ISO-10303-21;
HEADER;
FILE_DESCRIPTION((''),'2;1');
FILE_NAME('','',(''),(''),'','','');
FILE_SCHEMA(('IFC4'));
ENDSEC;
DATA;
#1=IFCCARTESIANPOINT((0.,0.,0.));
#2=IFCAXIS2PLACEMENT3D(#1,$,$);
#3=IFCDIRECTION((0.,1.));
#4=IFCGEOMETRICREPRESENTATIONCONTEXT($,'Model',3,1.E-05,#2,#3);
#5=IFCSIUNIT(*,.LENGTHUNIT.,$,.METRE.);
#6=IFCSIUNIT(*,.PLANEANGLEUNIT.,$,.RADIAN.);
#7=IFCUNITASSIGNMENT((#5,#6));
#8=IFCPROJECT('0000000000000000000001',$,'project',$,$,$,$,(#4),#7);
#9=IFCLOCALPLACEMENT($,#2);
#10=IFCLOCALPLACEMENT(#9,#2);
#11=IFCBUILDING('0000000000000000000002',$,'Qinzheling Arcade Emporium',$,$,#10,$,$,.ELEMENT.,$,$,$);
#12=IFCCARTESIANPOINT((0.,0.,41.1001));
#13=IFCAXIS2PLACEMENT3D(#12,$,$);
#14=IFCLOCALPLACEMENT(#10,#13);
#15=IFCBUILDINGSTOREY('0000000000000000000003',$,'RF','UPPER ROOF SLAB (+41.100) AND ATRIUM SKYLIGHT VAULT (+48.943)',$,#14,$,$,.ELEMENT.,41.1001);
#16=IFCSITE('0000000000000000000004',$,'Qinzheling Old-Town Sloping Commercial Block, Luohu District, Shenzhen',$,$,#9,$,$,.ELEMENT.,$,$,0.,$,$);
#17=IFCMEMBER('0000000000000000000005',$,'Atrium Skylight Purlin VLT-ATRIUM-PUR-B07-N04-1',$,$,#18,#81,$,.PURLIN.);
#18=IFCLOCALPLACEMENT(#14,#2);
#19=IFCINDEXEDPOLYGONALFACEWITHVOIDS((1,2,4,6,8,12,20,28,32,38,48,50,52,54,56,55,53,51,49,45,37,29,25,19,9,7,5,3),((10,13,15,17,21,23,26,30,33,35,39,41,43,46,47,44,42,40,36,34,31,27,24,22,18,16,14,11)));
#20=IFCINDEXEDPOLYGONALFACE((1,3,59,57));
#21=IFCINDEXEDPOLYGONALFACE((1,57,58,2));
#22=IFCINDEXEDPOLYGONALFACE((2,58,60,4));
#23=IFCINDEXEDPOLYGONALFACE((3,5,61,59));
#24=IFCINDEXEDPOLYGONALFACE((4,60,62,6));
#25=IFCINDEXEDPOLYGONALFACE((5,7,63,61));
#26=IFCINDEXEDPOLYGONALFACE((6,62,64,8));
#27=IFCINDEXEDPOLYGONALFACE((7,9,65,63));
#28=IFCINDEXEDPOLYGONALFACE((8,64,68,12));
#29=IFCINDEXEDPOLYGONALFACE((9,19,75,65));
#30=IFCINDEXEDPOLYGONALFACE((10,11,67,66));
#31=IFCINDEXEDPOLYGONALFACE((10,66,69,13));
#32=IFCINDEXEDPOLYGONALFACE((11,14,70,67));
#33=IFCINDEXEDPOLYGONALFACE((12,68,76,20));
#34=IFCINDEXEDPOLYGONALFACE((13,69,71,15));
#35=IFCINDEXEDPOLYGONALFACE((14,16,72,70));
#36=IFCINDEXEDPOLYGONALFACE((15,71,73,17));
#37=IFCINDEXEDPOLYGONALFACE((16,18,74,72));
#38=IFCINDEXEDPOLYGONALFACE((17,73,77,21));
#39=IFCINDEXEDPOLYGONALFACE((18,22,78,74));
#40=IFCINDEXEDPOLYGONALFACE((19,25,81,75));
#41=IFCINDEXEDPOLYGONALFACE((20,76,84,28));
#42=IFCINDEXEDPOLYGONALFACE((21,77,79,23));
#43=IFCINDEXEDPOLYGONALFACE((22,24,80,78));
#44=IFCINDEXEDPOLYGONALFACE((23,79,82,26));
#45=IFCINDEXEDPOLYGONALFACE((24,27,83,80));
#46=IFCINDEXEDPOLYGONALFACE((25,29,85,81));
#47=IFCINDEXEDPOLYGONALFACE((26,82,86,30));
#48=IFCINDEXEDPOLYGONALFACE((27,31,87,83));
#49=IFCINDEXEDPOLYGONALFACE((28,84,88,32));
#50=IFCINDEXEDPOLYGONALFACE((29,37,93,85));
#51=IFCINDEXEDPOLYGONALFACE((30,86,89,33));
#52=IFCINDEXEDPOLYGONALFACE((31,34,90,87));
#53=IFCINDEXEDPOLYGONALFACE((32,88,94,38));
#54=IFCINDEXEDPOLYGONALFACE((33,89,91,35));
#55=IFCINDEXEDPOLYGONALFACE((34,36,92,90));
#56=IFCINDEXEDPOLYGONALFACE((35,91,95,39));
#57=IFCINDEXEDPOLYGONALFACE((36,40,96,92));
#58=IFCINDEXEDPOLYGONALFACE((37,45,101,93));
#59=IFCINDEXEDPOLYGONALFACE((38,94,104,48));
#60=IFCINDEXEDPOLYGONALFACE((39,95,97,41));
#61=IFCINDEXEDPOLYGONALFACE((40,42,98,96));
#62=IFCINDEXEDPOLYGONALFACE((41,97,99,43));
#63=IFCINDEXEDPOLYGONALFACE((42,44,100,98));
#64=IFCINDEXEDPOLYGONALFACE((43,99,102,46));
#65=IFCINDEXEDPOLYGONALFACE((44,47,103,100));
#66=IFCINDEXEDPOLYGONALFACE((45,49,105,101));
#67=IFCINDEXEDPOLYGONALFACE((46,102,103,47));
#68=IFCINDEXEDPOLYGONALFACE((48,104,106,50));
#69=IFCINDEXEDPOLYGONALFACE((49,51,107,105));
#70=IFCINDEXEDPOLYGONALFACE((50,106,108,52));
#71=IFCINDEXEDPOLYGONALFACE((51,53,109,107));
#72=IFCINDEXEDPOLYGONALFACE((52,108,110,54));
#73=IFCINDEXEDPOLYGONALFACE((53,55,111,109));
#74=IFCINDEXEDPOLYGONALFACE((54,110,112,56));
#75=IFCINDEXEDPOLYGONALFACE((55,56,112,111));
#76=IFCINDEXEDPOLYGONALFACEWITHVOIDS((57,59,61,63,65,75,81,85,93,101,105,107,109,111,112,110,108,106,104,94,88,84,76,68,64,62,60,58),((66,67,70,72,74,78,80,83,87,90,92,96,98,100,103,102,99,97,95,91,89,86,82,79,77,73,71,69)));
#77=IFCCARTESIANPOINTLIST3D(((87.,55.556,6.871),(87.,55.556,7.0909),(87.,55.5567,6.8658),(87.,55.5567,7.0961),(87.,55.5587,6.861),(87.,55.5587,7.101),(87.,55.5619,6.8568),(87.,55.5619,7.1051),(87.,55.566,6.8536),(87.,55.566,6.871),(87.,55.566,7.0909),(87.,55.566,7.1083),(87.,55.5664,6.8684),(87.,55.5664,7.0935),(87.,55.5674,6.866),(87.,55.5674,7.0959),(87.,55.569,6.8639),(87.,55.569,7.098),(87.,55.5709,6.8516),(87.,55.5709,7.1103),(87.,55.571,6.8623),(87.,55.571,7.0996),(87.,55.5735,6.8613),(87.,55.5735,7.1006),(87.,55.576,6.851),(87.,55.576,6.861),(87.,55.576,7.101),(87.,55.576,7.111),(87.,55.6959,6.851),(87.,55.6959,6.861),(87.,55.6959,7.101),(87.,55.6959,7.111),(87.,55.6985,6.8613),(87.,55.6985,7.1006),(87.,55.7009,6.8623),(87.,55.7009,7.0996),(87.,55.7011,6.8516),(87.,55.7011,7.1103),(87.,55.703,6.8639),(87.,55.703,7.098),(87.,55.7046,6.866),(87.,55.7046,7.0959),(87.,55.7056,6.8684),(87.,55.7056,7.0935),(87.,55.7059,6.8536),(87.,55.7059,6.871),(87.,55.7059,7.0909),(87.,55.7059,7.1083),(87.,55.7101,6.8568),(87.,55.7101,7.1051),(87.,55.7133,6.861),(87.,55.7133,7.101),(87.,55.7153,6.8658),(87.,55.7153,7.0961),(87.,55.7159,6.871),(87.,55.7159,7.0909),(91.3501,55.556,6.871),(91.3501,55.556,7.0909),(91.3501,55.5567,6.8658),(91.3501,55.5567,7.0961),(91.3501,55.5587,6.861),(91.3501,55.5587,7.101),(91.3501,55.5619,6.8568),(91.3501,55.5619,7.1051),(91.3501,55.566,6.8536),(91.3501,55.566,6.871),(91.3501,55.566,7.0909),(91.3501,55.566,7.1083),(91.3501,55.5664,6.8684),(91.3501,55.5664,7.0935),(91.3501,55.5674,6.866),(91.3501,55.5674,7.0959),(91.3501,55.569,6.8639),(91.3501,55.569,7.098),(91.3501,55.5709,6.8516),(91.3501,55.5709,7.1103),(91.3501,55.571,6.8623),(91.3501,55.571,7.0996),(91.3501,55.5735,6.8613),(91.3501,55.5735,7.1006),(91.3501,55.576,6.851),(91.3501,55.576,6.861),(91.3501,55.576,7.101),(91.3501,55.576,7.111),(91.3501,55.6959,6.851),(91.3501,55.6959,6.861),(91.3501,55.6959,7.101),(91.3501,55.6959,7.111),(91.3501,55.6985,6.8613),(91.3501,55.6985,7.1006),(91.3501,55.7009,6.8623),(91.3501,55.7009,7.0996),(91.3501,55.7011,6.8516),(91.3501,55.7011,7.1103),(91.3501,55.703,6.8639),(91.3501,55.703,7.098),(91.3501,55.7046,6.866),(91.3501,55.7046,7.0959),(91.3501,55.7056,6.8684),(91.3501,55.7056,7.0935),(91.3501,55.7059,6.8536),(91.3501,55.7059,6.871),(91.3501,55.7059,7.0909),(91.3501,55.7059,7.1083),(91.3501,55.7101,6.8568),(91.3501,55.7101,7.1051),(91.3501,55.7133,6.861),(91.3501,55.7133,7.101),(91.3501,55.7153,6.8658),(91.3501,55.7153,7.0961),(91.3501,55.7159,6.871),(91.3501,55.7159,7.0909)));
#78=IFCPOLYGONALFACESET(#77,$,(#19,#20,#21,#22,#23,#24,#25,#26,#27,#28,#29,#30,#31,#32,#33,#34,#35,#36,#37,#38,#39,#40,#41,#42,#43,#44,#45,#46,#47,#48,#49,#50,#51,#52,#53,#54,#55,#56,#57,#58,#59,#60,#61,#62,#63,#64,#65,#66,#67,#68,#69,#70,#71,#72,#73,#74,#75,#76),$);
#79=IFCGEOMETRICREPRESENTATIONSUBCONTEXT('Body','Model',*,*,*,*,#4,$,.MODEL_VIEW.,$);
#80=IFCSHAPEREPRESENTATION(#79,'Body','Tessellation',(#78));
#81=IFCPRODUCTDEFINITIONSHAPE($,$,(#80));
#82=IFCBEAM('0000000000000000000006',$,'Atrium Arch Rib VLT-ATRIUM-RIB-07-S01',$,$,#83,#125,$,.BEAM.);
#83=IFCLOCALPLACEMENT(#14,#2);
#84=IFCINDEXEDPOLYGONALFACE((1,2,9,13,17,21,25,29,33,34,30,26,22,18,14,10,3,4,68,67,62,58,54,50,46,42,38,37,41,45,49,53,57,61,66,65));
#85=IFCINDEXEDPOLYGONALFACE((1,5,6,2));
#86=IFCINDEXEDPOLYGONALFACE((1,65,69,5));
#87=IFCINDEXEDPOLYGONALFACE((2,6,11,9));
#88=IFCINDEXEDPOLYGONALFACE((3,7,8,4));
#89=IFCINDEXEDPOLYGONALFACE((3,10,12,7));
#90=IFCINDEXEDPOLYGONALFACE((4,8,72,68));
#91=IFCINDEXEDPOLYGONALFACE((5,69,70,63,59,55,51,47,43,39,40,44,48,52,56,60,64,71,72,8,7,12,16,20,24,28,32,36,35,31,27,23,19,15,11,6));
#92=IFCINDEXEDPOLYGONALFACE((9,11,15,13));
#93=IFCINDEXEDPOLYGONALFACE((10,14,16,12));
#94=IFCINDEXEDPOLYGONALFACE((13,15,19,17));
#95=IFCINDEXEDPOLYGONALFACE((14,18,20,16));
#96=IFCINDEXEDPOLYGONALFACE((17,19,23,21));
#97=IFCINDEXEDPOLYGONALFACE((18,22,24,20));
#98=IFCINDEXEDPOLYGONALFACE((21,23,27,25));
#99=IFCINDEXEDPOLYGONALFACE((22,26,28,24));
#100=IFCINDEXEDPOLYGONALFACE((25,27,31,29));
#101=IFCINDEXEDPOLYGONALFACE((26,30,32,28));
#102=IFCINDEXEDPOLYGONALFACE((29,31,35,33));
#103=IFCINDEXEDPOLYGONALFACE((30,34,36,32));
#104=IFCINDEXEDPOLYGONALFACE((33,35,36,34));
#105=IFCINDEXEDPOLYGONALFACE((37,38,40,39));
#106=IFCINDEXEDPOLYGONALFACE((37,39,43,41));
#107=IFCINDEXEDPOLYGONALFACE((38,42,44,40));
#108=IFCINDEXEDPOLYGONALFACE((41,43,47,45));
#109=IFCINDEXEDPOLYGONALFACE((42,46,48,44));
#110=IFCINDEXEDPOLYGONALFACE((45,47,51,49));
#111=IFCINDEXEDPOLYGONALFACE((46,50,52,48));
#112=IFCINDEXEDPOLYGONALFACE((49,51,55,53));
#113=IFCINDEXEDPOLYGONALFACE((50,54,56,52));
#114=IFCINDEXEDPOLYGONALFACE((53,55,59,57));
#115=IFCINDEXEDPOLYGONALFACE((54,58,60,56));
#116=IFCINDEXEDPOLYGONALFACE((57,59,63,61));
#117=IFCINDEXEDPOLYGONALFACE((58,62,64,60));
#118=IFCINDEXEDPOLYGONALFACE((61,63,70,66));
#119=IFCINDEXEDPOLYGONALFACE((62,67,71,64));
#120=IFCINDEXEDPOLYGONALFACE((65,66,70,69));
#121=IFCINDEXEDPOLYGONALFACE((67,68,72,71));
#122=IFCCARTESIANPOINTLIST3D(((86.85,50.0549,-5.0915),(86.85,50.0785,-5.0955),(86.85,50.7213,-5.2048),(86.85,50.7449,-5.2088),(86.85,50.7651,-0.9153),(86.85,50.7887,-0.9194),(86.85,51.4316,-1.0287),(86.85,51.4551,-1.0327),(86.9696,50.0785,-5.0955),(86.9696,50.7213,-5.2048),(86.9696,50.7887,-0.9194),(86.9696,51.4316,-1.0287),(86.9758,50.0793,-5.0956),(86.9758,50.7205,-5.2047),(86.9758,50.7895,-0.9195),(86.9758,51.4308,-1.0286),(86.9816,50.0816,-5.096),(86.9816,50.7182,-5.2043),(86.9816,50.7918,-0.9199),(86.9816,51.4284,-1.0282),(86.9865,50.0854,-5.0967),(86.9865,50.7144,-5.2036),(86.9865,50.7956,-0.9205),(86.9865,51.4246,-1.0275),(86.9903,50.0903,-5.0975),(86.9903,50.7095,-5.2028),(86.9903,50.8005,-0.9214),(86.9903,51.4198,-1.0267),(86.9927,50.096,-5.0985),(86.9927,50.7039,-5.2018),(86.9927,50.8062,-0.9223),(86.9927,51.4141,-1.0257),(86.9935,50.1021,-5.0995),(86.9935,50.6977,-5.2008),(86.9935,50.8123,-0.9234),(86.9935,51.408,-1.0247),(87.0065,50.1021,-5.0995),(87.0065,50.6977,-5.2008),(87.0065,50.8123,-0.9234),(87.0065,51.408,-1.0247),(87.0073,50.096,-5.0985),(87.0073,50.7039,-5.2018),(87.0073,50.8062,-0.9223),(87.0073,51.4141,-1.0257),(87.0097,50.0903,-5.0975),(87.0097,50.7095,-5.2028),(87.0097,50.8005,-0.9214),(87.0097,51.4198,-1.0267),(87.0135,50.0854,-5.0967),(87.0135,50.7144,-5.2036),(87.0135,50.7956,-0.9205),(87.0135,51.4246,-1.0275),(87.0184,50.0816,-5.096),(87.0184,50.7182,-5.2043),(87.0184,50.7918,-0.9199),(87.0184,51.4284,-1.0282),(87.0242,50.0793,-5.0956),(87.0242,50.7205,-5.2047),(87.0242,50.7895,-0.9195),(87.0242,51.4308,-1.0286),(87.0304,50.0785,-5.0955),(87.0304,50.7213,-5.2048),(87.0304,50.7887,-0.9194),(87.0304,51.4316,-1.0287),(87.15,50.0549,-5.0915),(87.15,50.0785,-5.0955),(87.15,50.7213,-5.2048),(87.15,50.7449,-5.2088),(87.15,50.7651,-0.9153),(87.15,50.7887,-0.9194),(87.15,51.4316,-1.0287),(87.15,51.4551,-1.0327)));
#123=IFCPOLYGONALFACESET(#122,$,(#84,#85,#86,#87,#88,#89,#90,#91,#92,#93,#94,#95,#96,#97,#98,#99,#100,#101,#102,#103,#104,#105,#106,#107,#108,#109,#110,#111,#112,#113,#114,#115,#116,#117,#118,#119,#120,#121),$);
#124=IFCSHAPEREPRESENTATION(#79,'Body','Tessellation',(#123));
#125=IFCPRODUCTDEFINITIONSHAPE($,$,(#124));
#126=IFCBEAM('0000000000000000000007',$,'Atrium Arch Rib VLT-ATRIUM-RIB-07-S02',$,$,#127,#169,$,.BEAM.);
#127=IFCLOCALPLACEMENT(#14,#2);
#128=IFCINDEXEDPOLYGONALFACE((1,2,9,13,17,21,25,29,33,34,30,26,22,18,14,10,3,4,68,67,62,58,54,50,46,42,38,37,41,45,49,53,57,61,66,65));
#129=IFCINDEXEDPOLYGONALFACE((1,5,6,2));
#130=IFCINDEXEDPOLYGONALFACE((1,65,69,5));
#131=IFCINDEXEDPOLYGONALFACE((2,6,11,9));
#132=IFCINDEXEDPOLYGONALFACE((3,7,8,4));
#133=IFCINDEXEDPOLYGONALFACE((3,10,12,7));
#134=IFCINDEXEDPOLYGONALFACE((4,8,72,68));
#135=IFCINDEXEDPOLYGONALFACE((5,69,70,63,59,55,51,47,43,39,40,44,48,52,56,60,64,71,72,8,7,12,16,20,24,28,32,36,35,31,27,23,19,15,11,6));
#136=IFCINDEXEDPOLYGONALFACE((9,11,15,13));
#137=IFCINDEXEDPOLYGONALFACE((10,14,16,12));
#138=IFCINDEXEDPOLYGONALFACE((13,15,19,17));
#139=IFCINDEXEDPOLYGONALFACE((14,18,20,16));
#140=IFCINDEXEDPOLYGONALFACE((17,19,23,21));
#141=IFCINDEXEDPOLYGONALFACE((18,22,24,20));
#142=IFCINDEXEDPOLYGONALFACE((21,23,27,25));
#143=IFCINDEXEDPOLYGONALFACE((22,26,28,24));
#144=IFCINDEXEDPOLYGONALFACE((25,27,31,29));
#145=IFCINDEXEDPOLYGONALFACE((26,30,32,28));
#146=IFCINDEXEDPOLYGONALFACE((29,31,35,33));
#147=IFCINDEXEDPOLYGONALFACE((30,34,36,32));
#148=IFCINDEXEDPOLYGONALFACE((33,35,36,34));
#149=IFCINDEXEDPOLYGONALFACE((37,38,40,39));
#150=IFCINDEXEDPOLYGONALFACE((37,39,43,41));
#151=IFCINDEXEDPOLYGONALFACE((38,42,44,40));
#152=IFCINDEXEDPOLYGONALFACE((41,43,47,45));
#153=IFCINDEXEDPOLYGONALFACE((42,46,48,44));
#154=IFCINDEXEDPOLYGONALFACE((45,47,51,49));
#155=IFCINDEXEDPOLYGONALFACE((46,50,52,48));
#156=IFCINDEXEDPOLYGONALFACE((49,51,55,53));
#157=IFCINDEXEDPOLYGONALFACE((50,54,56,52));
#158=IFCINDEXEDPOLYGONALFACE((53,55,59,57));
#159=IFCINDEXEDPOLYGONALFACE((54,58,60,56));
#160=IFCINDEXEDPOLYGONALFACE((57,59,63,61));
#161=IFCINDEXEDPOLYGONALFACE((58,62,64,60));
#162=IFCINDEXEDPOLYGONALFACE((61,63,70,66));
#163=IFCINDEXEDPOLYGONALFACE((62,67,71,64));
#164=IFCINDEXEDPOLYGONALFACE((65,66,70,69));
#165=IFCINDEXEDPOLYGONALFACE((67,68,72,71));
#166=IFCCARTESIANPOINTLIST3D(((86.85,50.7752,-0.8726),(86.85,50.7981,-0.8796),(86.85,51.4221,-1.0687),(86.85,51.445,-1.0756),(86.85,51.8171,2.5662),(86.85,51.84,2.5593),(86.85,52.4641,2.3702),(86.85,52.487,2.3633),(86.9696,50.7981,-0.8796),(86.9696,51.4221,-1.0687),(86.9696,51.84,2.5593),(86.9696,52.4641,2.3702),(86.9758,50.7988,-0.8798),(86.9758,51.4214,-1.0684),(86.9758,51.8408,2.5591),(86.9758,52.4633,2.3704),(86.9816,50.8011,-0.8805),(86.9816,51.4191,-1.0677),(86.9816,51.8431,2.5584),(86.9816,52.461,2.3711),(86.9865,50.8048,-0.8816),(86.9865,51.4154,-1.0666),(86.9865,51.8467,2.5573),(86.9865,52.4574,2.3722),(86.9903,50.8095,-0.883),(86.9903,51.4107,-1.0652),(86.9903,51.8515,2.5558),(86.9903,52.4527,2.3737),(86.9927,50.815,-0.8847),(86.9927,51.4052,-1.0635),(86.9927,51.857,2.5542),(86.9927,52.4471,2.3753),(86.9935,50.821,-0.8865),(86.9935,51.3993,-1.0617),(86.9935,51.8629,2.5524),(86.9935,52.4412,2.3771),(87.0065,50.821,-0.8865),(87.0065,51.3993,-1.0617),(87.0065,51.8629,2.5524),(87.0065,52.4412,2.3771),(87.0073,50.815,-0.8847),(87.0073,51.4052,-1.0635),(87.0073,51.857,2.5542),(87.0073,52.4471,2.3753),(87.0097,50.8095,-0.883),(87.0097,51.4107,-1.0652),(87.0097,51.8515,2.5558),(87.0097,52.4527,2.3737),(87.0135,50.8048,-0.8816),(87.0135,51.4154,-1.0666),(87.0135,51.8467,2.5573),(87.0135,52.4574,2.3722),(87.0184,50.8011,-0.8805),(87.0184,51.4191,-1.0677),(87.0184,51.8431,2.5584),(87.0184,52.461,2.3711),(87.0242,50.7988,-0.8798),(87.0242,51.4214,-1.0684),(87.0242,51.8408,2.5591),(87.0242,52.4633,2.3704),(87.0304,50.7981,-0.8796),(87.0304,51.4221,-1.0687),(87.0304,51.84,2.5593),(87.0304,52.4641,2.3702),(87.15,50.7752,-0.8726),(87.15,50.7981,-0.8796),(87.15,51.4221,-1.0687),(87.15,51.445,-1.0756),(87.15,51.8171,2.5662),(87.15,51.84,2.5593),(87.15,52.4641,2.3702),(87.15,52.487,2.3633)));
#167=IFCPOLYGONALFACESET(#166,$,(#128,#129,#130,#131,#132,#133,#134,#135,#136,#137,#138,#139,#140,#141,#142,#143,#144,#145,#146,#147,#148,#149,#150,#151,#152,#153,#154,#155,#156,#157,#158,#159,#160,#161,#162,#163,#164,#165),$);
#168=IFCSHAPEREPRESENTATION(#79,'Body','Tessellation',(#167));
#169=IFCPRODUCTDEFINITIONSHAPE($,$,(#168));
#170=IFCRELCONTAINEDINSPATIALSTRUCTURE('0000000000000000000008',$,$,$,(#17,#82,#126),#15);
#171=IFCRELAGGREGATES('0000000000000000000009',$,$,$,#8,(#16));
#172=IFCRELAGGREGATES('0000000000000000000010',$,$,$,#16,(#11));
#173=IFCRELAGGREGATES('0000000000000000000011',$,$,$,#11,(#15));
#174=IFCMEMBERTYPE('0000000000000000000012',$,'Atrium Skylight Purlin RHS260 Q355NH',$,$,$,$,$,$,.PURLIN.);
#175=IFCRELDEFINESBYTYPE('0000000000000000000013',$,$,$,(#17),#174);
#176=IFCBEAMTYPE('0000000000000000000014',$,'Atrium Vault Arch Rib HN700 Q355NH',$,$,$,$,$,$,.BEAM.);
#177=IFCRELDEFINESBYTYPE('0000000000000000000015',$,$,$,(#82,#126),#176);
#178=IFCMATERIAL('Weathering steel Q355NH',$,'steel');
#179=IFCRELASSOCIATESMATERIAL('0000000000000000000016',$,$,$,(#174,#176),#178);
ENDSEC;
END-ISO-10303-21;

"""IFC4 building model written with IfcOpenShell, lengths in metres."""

from ifc_helpers import new_model, si_unit, direction, frame, origin, origin_2d, place, context, subcontext, project, spatial, hollow_rectangle, i_section, extrude, material, material_profile, profile_set, type_object, element, save


model = new_model("IFC4")

# Units and contexts
model_context = context("Model", 3, precision=1e-05, world=origin(), true_north=direction((0.0, 1.0)))
body_context = subcontext(model_context, "Body", "Model", "MODEL_VIEW")
ifc_project = project(units=[si_unit("LENGTHUNIT", "METRE"), si_unit("PLANEANGLEUNIT", "RADIAN")], contexts=[model_context])

# Site, building, storey
site_placement = place(None, origin())
site = spatial("IfcSite", under=ifc_project, at=site_placement, Name="Qinzheling Old-Town Sloping Commercial Block, Luohu District, Shenzhen", CompositionType="ELEMENT", RefElevation=0.0)
building_placement = place(site_placement, origin())
building = spatial("IfcBuilding", under=site, at=building_placement, Name="Qinzheling Arcade Emporium", CompositionType="ELEMENT")
storey_placement = place(building_placement, frame((0.0, 0.0, 41.1001)))
storey = spatial("IfcBuildingStorey", under=building, at=storey_placement, Name="RF", Description="UPPER ROOF SLAB (+41.100) AND ATRIUM SKYLIGHT VAULT (+48.943)", CompositionType="ELEMENT", Elevation=41.1001)

# Shared definitions
ifc_material_1 = material(Name="Weathering steel Q355NH", Category="steel")

# Member
ifc_material_profile_1 = material_profile(ifc_material_1, hollow_rectangle(XDim=0.1599, YDim=0.26, WallThickness=0.01, InnerFilletRadius=0.01, OuterFilletRadius=0.02, at=origin_2d()), Name="RHS 260x160x10", Category="steel")
ifc_profile_set_1 = profile_set([ifc_material_profile_1], Name="Weathering steel Q355NH")
member_type = type_object("IfcMemberType", Name="Atrium Skylight Purlin RHS260 Q355NH", PredefinedType="PURLIN", material=ifc_profile_set_1)
for number, where, z_axis, x_axis, name in (
    (1, (87.0, 55.636, 6.981), (1.0, 0.0, 0.0), (0.0, 1.0, 0.0), "Atrium Skylight Purlin VLT-ATRIUM-PUR-B07-N04-1"),
):
    element("IfcMember", number, at=place(storey_placement, frame(where, z_axis=z_axis, x_axis=x_axis)), inside=storey, type_object=member_type, Name=name, PredefinedType="PURLIN", context=body_context, shape_type="SweptSolid", body=[
        extrude(hollow_rectangle(XDim=0.1599, YDim=0.26, WallThickness=0.01, InnerFilletRadius=0.01, OuterFilletRadius=0.02, at=origin_2d()), origin(), (0.0, 0.0, 1.0), 4.3501),
    ])

# Beams
ifc_material_profile_2 = material_profile(ifc_material_1, i_section(OverallWidth=0.3, OverallDepth=0.7, WebThickness=0.0129, FlangeThickness=0.0239, FilletRadius=0.0239, at=origin_2d()), Name="HN 700x300x13x24", Category="steel")
ifc_profile_set_2 = profile_set([ifc_material_profile_2], Name="Weathering steel Q355NH")
beam_type_1 = type_object("IfcBeamType", Name="Atrium Vault Arch Rib HN700 Q355NH", PredefinedType="BEAM", material=ifc_profile_set_2)
beam_1_placement = place(storey_placement, frame((87.0, 50.3999, -5.1501), z_axis=(0.0, 0.16766, 0.985845), x_axis=(-1.0, 0.0, 0.0)))
element("IfcBeam", 2, at=beam_1_placement, inside=storey, type_object=beam_type_1, Name="Atrium Arch Rib VLT-ATRIUM-RIB-07-S01", PredefinedType="BEAM", context=body_context, shape_type="SweptSolid", body=[
    extrude(i_section(OverallWidth=0.3, OverallDepth=0.7, WebThickness=0.0129, FlangeThickness=0.0239, FilletRadius=0.0239, at=origin_2d()), origin(), (0.0, 0.0, 1.0), 4.2361),
])
beam_2_placement = place(storey_placement, frame((87.0, 51.1101, -0.9741), z_axis=(0.0, 0.289977, 0.957034), x_axis=(-1.0, 0.0, 0.0)))
element("IfcBeam", 3, at=beam_2_placement, inside=storey, type_object=beam_type_1, Name="Atrium Arch Rib VLT-ATRIUM-RIB-07-S02", PredefinedType="BEAM", context=body_context, shape_type="SweptSolid", body=[
    extrude(i_section(OverallWidth=0.3, OverallDepth=0.7, WebThickness=0.0129, FlangeThickness=0.0239, FilletRadius=0.0239, at=origin_2d()), origin(), (0.0, 0.0, 1.0), 3.5933),
])

save(model, "model.ifc")
